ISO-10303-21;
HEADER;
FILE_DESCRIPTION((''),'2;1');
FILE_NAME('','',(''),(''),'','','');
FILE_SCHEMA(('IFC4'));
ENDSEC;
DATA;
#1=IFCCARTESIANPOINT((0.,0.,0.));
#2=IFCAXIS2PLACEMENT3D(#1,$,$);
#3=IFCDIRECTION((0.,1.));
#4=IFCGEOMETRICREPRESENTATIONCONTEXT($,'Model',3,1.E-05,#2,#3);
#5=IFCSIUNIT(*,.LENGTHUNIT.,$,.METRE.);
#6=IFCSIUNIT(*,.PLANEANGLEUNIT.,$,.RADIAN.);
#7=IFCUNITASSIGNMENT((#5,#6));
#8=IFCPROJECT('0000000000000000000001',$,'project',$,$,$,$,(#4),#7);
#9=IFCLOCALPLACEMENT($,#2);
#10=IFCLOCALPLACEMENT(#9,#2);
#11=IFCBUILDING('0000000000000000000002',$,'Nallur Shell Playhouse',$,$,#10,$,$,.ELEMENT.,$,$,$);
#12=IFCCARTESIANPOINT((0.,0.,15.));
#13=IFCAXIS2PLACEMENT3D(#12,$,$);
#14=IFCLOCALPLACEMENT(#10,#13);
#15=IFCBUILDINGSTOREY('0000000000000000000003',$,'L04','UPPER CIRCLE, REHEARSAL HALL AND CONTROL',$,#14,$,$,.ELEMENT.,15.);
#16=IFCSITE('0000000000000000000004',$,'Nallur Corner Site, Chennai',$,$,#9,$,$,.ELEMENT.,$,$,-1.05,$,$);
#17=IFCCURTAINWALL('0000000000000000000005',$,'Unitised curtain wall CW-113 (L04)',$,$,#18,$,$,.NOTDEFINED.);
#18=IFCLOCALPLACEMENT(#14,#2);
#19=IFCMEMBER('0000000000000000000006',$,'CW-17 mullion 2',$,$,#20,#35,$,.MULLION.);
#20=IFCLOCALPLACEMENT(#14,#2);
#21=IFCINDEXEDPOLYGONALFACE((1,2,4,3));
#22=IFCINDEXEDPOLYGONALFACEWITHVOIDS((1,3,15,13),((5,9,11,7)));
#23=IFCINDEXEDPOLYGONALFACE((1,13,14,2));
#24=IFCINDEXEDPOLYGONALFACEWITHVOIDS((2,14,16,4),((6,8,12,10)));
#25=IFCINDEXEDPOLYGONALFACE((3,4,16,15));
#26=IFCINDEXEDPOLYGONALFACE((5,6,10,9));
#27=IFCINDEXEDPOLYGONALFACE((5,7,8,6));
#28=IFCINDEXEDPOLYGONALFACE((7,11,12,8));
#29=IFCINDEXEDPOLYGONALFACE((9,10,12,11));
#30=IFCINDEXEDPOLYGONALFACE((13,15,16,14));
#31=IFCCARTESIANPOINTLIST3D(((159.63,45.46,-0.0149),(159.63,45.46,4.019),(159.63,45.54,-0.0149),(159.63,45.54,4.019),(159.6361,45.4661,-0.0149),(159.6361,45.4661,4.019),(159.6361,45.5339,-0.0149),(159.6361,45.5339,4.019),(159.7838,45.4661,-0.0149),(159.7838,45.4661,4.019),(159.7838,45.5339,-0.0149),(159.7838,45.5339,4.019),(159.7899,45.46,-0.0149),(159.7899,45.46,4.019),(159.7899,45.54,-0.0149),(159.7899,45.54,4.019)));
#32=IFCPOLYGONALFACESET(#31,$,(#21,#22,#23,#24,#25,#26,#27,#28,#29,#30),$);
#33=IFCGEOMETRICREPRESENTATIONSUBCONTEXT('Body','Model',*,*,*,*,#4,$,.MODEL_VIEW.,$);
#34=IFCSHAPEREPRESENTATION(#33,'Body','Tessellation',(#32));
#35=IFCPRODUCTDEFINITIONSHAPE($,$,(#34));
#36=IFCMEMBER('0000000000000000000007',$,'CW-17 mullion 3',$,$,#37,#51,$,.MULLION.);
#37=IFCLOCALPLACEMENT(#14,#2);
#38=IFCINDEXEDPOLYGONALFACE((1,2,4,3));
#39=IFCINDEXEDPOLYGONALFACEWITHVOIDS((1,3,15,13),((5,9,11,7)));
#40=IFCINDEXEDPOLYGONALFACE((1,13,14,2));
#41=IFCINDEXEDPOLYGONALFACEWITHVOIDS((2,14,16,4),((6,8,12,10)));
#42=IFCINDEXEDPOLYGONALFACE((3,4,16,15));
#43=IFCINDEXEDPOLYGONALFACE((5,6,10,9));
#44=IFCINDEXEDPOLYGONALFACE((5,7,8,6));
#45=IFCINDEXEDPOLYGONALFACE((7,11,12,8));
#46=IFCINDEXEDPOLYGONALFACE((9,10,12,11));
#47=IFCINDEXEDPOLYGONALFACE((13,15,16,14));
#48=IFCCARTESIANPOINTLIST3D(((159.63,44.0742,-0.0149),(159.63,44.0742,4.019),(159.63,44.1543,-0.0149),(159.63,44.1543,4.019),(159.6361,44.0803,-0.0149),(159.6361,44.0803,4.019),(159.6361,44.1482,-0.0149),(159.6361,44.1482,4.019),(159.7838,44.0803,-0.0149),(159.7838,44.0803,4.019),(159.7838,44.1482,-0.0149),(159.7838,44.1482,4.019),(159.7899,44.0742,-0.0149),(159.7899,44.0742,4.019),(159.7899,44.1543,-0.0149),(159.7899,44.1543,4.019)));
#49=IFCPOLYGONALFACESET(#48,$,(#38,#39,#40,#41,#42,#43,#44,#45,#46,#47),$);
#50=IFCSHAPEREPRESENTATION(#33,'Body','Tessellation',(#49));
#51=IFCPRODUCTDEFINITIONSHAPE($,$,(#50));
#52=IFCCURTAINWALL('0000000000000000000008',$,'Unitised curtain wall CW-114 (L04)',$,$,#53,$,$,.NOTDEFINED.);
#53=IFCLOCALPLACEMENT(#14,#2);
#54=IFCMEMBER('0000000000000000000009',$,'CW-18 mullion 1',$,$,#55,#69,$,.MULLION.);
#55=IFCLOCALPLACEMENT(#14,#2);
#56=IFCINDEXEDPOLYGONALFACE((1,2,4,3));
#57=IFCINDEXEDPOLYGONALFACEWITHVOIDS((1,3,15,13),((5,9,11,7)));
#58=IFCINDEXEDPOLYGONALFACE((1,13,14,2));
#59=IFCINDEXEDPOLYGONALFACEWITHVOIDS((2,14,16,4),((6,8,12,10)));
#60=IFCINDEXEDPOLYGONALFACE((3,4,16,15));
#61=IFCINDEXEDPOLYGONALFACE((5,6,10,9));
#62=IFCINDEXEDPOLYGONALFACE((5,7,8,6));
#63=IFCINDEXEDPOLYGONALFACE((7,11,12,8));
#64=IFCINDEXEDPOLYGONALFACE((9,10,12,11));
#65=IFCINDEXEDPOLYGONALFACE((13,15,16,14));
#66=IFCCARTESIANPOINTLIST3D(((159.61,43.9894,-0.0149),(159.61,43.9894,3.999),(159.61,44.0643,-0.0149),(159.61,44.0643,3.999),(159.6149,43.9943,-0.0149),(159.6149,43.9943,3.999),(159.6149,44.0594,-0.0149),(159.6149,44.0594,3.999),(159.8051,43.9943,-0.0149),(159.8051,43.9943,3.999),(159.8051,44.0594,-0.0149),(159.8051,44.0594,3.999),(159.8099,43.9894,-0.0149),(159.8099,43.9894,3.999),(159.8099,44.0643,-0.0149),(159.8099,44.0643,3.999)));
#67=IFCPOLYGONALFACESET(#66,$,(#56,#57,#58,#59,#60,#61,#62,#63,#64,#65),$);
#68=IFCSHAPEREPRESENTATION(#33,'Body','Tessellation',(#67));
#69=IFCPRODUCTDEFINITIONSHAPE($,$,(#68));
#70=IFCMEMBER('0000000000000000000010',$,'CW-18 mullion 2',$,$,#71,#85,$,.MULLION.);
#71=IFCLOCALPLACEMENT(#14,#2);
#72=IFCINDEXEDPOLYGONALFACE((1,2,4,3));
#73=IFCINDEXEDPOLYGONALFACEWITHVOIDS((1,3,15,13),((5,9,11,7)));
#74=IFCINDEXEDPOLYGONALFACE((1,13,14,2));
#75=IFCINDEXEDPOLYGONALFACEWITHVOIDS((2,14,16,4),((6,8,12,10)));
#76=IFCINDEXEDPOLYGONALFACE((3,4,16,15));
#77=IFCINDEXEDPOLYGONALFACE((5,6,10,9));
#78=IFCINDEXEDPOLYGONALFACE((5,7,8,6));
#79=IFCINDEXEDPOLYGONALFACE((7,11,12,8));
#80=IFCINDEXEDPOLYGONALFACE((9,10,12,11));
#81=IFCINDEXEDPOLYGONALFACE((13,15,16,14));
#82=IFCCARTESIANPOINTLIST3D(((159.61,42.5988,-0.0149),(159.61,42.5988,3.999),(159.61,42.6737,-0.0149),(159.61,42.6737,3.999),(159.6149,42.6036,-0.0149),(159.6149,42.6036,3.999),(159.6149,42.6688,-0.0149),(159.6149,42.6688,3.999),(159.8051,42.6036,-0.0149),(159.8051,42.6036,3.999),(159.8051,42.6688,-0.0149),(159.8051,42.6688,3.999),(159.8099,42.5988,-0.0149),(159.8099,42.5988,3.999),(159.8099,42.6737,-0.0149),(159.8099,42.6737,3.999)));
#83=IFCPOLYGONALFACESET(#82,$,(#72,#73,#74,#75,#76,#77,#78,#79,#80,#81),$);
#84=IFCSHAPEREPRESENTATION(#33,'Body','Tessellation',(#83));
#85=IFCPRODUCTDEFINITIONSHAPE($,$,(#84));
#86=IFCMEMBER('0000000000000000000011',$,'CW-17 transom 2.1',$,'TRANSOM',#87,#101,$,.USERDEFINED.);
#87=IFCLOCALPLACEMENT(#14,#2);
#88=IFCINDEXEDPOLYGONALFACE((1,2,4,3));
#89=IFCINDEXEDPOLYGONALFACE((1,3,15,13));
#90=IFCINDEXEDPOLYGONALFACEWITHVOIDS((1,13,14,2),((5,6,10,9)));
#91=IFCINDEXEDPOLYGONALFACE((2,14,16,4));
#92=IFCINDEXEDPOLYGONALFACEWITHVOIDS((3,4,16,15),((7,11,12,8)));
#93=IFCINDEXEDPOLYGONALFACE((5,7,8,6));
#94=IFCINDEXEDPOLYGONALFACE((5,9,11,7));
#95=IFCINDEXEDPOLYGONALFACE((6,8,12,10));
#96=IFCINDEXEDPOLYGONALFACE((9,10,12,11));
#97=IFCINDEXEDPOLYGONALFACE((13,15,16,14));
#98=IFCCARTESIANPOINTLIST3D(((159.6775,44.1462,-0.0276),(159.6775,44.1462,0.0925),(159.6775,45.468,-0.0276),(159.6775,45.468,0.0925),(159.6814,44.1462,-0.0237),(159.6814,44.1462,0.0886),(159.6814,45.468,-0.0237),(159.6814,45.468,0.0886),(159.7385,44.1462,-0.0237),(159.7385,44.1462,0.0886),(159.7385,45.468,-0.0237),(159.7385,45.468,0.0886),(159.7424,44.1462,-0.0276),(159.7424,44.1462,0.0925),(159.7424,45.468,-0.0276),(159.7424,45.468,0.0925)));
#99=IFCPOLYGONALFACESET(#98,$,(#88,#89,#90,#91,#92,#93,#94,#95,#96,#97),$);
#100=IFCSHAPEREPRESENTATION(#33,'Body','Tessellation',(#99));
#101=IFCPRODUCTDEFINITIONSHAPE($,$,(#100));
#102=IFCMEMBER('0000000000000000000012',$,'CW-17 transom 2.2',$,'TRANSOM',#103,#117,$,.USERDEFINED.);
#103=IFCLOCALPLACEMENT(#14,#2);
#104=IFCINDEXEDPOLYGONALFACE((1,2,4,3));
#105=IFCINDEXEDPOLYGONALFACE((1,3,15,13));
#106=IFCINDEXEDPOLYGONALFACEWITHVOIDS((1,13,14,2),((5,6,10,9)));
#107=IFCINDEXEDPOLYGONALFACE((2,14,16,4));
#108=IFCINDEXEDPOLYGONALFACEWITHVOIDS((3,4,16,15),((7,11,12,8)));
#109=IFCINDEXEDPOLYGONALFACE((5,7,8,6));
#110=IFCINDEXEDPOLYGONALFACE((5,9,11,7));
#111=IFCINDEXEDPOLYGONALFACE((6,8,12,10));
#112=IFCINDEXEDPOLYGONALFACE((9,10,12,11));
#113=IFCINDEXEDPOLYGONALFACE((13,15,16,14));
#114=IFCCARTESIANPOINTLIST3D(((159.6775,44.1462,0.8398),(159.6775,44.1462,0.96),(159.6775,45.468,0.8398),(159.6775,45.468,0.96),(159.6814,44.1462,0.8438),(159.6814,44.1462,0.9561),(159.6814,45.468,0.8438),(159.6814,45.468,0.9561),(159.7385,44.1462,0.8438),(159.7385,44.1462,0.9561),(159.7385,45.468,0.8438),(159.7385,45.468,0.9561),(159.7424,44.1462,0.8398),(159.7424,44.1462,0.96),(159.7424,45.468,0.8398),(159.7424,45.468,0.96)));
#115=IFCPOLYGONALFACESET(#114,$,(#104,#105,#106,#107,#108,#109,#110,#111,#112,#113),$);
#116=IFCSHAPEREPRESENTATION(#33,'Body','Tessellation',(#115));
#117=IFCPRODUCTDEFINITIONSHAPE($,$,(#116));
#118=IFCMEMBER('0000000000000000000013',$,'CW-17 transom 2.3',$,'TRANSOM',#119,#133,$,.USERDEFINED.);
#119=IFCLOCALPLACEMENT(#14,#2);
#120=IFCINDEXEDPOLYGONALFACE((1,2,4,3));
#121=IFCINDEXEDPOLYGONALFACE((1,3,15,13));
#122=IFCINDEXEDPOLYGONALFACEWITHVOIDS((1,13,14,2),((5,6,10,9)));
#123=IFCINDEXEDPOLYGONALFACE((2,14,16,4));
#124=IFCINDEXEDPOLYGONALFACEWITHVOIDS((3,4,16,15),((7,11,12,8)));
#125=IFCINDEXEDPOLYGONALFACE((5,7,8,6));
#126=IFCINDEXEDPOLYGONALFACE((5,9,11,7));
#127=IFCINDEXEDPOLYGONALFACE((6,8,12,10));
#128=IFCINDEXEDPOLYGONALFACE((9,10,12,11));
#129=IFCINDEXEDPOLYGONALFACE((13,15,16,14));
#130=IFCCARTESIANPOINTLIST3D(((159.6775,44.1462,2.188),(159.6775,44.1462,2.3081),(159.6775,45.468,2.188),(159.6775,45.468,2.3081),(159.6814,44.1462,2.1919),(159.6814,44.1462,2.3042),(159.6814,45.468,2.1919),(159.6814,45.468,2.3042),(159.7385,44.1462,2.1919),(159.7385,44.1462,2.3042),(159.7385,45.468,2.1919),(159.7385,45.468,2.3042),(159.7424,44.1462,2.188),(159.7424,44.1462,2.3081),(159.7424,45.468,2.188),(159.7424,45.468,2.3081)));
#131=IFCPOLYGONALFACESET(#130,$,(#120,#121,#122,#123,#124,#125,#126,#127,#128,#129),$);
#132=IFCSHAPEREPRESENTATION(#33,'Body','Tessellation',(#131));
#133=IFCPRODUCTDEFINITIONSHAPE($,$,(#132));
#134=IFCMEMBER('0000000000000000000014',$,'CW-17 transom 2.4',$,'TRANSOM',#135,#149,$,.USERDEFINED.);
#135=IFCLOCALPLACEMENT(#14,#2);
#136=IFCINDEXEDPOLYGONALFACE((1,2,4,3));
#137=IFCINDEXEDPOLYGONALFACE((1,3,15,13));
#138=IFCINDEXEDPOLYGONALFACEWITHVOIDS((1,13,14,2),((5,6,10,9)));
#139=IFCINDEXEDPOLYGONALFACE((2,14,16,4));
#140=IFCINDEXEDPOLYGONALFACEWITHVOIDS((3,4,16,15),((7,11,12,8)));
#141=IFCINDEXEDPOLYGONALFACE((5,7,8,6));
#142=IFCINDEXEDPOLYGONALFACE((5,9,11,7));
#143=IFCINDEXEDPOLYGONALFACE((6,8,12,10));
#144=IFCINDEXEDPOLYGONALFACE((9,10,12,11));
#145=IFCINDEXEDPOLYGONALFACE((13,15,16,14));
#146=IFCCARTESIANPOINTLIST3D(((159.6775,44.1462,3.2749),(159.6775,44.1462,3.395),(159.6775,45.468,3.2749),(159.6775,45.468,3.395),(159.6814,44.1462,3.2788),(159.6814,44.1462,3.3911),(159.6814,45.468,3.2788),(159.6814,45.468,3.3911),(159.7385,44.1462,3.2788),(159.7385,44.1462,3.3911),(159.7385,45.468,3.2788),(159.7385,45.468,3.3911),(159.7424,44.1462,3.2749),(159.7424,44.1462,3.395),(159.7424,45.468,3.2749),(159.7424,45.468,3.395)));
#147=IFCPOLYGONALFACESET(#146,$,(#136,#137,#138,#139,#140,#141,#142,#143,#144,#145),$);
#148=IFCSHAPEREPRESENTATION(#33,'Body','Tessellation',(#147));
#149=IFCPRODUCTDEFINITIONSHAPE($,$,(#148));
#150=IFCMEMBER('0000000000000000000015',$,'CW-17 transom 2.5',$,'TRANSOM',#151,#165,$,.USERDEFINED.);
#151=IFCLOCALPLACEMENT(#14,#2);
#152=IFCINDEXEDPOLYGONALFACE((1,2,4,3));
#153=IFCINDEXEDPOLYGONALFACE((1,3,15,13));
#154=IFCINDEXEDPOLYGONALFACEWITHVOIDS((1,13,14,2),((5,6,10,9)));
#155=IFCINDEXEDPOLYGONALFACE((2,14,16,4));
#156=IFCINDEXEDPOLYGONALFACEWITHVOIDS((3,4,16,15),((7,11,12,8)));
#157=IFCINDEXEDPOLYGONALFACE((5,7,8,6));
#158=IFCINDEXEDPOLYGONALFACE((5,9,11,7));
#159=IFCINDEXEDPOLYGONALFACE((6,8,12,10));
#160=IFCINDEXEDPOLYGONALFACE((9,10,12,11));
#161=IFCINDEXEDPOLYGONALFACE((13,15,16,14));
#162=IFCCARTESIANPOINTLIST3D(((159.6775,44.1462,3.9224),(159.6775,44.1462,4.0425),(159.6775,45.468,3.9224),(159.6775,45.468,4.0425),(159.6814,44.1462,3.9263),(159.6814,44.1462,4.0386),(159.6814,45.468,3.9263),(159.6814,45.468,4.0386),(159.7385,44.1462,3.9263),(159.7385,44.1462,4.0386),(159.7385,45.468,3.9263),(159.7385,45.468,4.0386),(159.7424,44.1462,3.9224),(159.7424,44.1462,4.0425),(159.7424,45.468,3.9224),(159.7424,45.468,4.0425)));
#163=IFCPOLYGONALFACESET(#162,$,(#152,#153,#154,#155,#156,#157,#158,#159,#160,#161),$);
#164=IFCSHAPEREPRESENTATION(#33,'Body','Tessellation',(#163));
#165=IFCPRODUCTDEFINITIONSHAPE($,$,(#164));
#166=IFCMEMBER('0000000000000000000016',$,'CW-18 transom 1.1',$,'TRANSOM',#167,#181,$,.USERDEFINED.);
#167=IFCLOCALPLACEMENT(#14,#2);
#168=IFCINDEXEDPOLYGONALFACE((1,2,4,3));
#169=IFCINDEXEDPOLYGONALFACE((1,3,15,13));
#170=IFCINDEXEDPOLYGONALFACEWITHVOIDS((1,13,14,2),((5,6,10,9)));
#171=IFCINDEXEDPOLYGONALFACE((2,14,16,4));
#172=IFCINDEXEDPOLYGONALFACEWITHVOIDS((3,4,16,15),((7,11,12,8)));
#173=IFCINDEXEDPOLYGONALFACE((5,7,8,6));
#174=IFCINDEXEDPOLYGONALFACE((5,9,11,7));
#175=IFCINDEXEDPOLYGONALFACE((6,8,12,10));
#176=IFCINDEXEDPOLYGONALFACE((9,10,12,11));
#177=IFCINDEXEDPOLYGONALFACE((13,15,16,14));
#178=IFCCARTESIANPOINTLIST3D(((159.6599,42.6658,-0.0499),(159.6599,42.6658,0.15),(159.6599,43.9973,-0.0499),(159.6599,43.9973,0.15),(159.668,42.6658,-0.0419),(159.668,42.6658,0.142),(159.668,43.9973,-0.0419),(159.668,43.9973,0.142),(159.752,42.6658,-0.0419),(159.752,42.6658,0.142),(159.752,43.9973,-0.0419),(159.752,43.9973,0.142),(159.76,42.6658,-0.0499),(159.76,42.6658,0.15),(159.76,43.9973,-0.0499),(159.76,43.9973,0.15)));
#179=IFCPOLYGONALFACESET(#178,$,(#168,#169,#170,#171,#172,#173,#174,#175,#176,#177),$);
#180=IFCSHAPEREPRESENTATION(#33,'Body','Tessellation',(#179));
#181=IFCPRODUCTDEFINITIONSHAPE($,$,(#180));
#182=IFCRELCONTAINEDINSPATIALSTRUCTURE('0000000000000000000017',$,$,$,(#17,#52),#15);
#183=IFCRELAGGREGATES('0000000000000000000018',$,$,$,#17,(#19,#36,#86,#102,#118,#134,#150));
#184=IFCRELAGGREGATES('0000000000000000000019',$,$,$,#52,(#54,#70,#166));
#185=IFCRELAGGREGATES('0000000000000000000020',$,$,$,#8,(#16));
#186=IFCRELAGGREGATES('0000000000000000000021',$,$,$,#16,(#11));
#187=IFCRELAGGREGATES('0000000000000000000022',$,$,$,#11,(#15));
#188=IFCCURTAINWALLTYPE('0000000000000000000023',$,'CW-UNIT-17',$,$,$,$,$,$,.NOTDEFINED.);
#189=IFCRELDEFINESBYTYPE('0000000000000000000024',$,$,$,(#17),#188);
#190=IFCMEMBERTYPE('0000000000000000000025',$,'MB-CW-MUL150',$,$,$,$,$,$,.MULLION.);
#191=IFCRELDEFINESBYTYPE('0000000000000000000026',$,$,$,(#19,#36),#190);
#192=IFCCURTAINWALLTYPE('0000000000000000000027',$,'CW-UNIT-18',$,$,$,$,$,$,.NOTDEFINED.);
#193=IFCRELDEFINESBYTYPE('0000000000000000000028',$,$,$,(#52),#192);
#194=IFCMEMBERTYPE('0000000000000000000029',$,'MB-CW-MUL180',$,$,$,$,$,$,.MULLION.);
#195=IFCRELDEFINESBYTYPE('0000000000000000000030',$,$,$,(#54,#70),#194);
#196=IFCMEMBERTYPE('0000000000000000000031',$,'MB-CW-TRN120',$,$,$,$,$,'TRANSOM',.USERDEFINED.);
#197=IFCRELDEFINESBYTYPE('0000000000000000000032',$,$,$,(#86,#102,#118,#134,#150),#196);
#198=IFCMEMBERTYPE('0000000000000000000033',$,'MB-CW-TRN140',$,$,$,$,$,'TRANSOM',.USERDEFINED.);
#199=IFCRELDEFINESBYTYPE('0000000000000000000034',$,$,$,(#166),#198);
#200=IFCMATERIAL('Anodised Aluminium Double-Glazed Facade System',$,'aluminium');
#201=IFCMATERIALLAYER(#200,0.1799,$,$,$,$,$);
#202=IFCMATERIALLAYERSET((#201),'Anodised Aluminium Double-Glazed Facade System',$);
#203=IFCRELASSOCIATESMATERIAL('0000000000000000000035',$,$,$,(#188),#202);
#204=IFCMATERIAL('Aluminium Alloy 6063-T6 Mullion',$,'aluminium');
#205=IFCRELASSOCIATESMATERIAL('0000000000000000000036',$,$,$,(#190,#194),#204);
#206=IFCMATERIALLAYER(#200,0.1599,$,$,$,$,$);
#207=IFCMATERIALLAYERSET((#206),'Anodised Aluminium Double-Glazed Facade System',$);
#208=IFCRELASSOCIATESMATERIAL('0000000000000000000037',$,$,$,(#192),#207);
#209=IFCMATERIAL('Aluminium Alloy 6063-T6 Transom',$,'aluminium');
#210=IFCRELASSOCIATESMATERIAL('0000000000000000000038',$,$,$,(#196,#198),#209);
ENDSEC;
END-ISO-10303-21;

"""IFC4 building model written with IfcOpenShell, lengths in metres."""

from ifc_helpers import new_model, si_unit, direction, frame, origin, origin_2d, place, context, subcontext, project, spatial, hollow_rectangle, extrude, material, layer, layer_set, material_profile, profile_set, type_object, element, aggregate, save


model = new_model("IFC4")

# Units and contexts
model_context = context("Model", 3, precision=1e-05, world=origin(), true_north=direction((0.0, 1.0)))
body_context = subcontext(model_context, "Body", "Model", "MODEL_VIEW")
ifc_project = project(units=[si_unit("LENGTHUNIT", "METRE"), si_unit("PLANEANGLEUNIT", "RADIAN")], contexts=[model_context])

# Site, building, storey
site_placement = place(None, origin())
site = spatial("IfcSite", under=ifc_project, at=site_placement, Name="Nallur Corner Site, Chennai", CompositionType="ELEMENT", RefElevation=-1.05)
building_placement = place(site_placement, origin())
building = spatial("IfcBuilding", under=site, at=building_placement, Name="Nallur Shell Playhouse", CompositionType="ELEMENT")
storey_placement = place(building_placement, frame((0.0, 0.0, 15.0)))
storey = spatial("IfcBuildingStorey", under=building, at=storey_placement, Name="L04", Description="UPPER CIRCLE, REHEARSAL HALL AND CONTROL", CompositionType="ELEMENT", Elevation=15.0)

# Curtain walls, members
ifc_material_1 = material(Name="Anodised Aluminium Double-Glazed Facade System", Category="aluminium")
ifc_layer_1 = layer(ifc_material_1, 0.1799)
ifc_layer_set_1 = layer_set([ifc_layer_1], Name="Anodised Aluminium Double-Glazed Facade System")
curtain_wall_type_1 = type_object("IfcCurtainWallType", Name="CW-UNIT-17", PredefinedType="NOTDEFINED", material=ifc_layer_set_1)
curtain_wall_1_placement = place(storey_placement, origin())
curtain_wall_1 = element("IfcCurtainWall", 1, at=curtain_wall_1_placement, inside=storey, type_object=curtain_wall_type_1, Name="Unitised curtain wall CW-113 (L04)", PredefinedType="NOTDEFINED")
ifc_material_2 = material(Name="Aluminium Alloy 6063-T6 Mullion", Category="aluminium")
ifc_material_profile_1 = material_profile(ifc_material_2, hollow_rectangle(XDim=0.0801, YDim=0.1599, WallThickness=0.0061, at=origin_2d()), Name="RHS 160x80x6")
ifc_profile_set_1 = profile_set([ifc_material_profile_1], Name="Aluminium Alloy 6063-T6 Mullion")
member_type_1 = type_object("IfcMemberType", Name="MB-CW-MUL150", PredefinedType="MULLION", material=ifc_profile_set_1)
member_1_placement = place(storey_placement, frame((159.71, 45.5, -0.0149), z_axis=(0.0, 0.0, 1.0), x_axis=(0.0, -1.0, 0.0)))
member_1 = element("IfcMember", 2, at=member_1_placement, type_object=member_type_1, Name="CW-17 mullion 2", PredefinedType="MULLION", context=body_context, shape_type="SweptSolid", body=[
    extrude(hollow_rectangle(XDim=0.0801, YDim=0.1599, WallThickness=0.0061, at=origin_2d()), origin(), (0.0, 0.0, 1.0), 4.0339),
])
member_2_placement = place(storey_placement, frame((159.71, 44.1143, -0.0149), z_axis=(0.0, 0.0, 1.0), x_axis=(0.0, -1.0, 0.0)))
member_2 = element("IfcMember", 3, at=member_2_placement, type_object=member_type_1, Name="CW-17 mullion 3", PredefinedType="MULLION", context=body_context, shape_type="SweptSolid", body=[
    extrude(hollow_rectangle(XDim=0.0801, YDim=0.1599, WallThickness=0.0061, at=origin_2d()), origin(), (0.0, 0.0, 1.0), 4.0339),
])
ifc_layer_2 = layer(ifc_material_1, 0.1599)
ifc_layer_set_2 = layer_set([ifc_layer_2], Name="Anodised Aluminium Double-Glazed Facade System")
curtain_wall_type_2 = type_object("IfcCurtainWallType", Name="CW-UNIT-18", PredefinedType="NOTDEFINED", material=ifc_layer_set_2)
curtain_wall_2_placement = place(storey_placement, origin())
curtain_wall_2 = element("IfcCurtainWall", 4, at=curtain_wall_2_placement, inside=storey, type_object=curtain_wall_type_2, Name="Unitised curtain wall CW-114 (L04)", PredefinedType="NOTDEFINED")
ifc_material_profile_2 = material_profile(ifc_material_2, hollow_rectangle(XDim=0.075, YDim=0.2, WallThickness=0.0049, at=origin_2d()), Name="ALU 75x200x5")
ifc_profile_set_2 = profile_set([ifc_material_profile_2], Name="Aluminium Alloy 6063-T6 Mullion")
member_type_2 = type_object("IfcMemberType", Name="MB-CW-MUL180", PredefinedType="MULLION", material=ifc_profile_set_2)
member_3_placement = place(storey_placement, frame((159.71, 44.0269, -0.0149), z_axis=(0.0, 0.0, 1.0), x_axis=(0.0, -1.0, 0.0)))
member_3 = element("IfcMember", 5, at=member_3_placement, type_object=member_type_2, Name="CW-18 mullion 1", PredefinedType="MULLION", context=body_context, shape_type="SweptSolid", body=[
    extrude(hollow_rectangle(XDim=0.075, YDim=0.2, WallThickness=0.0049, at=origin_2d()), origin(), (0.0, 0.0, 1.0), 4.0139),
])
member_4_placement = place(storey_placement, frame((159.71, 42.6362, -0.0149), z_axis=(0.0, 0.0, 1.0), x_axis=(0.0, -1.0, 0.0)))
member_4 = element("IfcMember", 6, at=member_4_placement, type_object=member_type_2, Name="CW-18 mullion 2", PredefinedType="MULLION", context=body_context, shape_type="SweptSolid", body=[
    extrude(hollow_rectangle(XDim=0.075, YDim=0.2, WallThickness=0.0049, at=origin_2d()), origin(), (0.0, 0.0, 1.0), 4.0139),
])

# Members
ifc_material_3 = material(Name="Aluminium Alloy 6063-T6 Transom", Category="aluminium")
ifc_material_profile_3 = material_profile(ifc_material_3, hollow_rectangle(XDim=0.0649, YDim=0.1201, WallThickness=0.0039, at=origin_2d()), Name="ALU 65x120x4")
ifc_profile_set_3 = profile_set([ifc_material_profile_3], Name="Aluminium Alloy 6063-T6 Transom")
member_type_3 = type_object("IfcMemberType", Name="MB-CW-TRN120", ElementType="TRANSOM", PredefinedType="USERDEFINED", material=ifc_profile_set_3)
member_5_placement = place(storey_placement, frame((159.71, 45.468, 0.0325), z_axis=(0.0, -1.0, 0.0), x_axis=(1.0, 0.0, 0.0)))
member_5 = element("IfcMember", 7, at=member_5_placement, type_object=member_type_3, Name="CW-17 transom 2.1", ObjectType="TRANSOM", PredefinedType="USERDEFINED", context=body_context, shape_type="SweptSolid", body=[
    extrude(hollow_rectangle(XDim=0.0649, YDim=0.1201, WallThickness=0.0039, at=origin_2d()), origin(), (0.0, 0.0, 1.0), 1.3218),
])
member_6_placement = place(storey_placement, frame((159.71, 45.468, 0.8999), z_axis=(0.0, -1.0, 0.0), x_axis=(1.0, 0.0, 0.0)))
member_6 = element("IfcMember", 8, at=member_6_placement, type_object=member_type_3, Name="CW-17 transom 2.2", ObjectType="TRANSOM", PredefinedType="USERDEFINED", context=body_context, shape_type="SweptSolid", body=[
    extrude(hollow_rectangle(XDim=0.0649, YDim=0.1201, WallThickness=0.0039, at=origin_2d()), origin(), (0.0, 0.0, 1.0), 1.3218),
])
member_7_placement = place(storey_placement, frame((159.71, 45.468, 2.248), z_axis=(0.0, -1.0, 0.0), x_axis=(1.0, 0.0, 0.0)))
member_7 = element("IfcMember", 9, at=member_7_placement, type_object=member_type_3, Name="CW-17 transom 2.3", ObjectType="TRANSOM", PredefinedType="USERDEFINED", context=body_context, shape_type="SweptSolid", body=[
    extrude(hollow_rectangle(XDim=0.0649, YDim=0.1201, WallThickness=0.0039, at=origin_2d()), origin(), (0.0, 0.0, 1.0), 1.3218),
])
member_8_placement = place(storey_placement, frame((159.71, 45.468, 3.335), z_axis=(0.0, -1.0, 0.0), x_axis=(1.0, 0.0, 0.0)))
member_8 = element("IfcMember", 10, at=member_8_placement, type_object=member_type_3, Name="CW-17 transom 2.4", ObjectType="TRANSOM", PredefinedType="USERDEFINED", context=body_context, shape_type="SweptSolid", body=[
    extrude(hollow_rectangle(XDim=0.0649, YDim=0.1201, WallThickness=0.0039, at=origin_2d()), origin(), (0.0, 0.0, 1.0), 1.3218),
])
member_9_placement = place(storey_placement, frame((159.71, 45.468, 3.9824), z_axis=(0.0, -1.0, 0.0), x_axis=(1.0, 0.0, 0.0)))
member_9 = element("IfcMember", 11, at=member_9_placement, type_object=member_type_3, Name="CW-17 transom 2.5", ObjectType="TRANSOM", PredefinedType="USERDEFINED", context=body_context, shape_type="SweptSolid", body=[
    extrude(hollow_rectangle(XDim=0.0649, YDim=0.1201, WallThickness=0.0039, at=origin_2d()), origin(), (0.0, 0.0, 1.0), 1.3218),
])
ifc_material_profile_4 = material_profile(ifc_material_3, hollow_rectangle(XDim=0.1001, YDim=0.2, WallThickness=0.0081, at=origin_2d()), Name="RHS 200x100x8")
ifc_profile_set_4 = profile_set([ifc_material_profile_4], Name="Aluminium Alloy 6063-T6 Transom")
member_type_4 = type_object("IfcMemberType", Name="MB-CW-TRN140", ElementType="TRANSOM", PredefinedType="USERDEFINED", material=ifc_profile_set_4)
member_10_placement = place(storey_placement, frame((159.71, 43.9973, 0.05), z_axis=(0.0, -1.0, 0.0), x_axis=(1.0, 0.0, 0.0)))
member_10 = element("IfcMember", 12, at=member_10_placement, type_object=member_type_4, Name="CW-18 transom 1.1", ObjectType="TRANSOM", PredefinedType="USERDEFINED", context=body_context, shape_type="SweptSolid", body=[
    extrude(hollow_rectangle(XDim=0.1001, YDim=0.2, WallThickness=0.0081, at=origin_2d()), origin(), (0.0, 0.0, 1.0), 1.3315),
])

aggregate(curtain_wall_1, [member_1, member_2, member_5, member_6, member_7, member_8, member_9])
aggregate(curtain_wall_2, [member_3, member_4, member_10])

save(model, "model.ifc")
